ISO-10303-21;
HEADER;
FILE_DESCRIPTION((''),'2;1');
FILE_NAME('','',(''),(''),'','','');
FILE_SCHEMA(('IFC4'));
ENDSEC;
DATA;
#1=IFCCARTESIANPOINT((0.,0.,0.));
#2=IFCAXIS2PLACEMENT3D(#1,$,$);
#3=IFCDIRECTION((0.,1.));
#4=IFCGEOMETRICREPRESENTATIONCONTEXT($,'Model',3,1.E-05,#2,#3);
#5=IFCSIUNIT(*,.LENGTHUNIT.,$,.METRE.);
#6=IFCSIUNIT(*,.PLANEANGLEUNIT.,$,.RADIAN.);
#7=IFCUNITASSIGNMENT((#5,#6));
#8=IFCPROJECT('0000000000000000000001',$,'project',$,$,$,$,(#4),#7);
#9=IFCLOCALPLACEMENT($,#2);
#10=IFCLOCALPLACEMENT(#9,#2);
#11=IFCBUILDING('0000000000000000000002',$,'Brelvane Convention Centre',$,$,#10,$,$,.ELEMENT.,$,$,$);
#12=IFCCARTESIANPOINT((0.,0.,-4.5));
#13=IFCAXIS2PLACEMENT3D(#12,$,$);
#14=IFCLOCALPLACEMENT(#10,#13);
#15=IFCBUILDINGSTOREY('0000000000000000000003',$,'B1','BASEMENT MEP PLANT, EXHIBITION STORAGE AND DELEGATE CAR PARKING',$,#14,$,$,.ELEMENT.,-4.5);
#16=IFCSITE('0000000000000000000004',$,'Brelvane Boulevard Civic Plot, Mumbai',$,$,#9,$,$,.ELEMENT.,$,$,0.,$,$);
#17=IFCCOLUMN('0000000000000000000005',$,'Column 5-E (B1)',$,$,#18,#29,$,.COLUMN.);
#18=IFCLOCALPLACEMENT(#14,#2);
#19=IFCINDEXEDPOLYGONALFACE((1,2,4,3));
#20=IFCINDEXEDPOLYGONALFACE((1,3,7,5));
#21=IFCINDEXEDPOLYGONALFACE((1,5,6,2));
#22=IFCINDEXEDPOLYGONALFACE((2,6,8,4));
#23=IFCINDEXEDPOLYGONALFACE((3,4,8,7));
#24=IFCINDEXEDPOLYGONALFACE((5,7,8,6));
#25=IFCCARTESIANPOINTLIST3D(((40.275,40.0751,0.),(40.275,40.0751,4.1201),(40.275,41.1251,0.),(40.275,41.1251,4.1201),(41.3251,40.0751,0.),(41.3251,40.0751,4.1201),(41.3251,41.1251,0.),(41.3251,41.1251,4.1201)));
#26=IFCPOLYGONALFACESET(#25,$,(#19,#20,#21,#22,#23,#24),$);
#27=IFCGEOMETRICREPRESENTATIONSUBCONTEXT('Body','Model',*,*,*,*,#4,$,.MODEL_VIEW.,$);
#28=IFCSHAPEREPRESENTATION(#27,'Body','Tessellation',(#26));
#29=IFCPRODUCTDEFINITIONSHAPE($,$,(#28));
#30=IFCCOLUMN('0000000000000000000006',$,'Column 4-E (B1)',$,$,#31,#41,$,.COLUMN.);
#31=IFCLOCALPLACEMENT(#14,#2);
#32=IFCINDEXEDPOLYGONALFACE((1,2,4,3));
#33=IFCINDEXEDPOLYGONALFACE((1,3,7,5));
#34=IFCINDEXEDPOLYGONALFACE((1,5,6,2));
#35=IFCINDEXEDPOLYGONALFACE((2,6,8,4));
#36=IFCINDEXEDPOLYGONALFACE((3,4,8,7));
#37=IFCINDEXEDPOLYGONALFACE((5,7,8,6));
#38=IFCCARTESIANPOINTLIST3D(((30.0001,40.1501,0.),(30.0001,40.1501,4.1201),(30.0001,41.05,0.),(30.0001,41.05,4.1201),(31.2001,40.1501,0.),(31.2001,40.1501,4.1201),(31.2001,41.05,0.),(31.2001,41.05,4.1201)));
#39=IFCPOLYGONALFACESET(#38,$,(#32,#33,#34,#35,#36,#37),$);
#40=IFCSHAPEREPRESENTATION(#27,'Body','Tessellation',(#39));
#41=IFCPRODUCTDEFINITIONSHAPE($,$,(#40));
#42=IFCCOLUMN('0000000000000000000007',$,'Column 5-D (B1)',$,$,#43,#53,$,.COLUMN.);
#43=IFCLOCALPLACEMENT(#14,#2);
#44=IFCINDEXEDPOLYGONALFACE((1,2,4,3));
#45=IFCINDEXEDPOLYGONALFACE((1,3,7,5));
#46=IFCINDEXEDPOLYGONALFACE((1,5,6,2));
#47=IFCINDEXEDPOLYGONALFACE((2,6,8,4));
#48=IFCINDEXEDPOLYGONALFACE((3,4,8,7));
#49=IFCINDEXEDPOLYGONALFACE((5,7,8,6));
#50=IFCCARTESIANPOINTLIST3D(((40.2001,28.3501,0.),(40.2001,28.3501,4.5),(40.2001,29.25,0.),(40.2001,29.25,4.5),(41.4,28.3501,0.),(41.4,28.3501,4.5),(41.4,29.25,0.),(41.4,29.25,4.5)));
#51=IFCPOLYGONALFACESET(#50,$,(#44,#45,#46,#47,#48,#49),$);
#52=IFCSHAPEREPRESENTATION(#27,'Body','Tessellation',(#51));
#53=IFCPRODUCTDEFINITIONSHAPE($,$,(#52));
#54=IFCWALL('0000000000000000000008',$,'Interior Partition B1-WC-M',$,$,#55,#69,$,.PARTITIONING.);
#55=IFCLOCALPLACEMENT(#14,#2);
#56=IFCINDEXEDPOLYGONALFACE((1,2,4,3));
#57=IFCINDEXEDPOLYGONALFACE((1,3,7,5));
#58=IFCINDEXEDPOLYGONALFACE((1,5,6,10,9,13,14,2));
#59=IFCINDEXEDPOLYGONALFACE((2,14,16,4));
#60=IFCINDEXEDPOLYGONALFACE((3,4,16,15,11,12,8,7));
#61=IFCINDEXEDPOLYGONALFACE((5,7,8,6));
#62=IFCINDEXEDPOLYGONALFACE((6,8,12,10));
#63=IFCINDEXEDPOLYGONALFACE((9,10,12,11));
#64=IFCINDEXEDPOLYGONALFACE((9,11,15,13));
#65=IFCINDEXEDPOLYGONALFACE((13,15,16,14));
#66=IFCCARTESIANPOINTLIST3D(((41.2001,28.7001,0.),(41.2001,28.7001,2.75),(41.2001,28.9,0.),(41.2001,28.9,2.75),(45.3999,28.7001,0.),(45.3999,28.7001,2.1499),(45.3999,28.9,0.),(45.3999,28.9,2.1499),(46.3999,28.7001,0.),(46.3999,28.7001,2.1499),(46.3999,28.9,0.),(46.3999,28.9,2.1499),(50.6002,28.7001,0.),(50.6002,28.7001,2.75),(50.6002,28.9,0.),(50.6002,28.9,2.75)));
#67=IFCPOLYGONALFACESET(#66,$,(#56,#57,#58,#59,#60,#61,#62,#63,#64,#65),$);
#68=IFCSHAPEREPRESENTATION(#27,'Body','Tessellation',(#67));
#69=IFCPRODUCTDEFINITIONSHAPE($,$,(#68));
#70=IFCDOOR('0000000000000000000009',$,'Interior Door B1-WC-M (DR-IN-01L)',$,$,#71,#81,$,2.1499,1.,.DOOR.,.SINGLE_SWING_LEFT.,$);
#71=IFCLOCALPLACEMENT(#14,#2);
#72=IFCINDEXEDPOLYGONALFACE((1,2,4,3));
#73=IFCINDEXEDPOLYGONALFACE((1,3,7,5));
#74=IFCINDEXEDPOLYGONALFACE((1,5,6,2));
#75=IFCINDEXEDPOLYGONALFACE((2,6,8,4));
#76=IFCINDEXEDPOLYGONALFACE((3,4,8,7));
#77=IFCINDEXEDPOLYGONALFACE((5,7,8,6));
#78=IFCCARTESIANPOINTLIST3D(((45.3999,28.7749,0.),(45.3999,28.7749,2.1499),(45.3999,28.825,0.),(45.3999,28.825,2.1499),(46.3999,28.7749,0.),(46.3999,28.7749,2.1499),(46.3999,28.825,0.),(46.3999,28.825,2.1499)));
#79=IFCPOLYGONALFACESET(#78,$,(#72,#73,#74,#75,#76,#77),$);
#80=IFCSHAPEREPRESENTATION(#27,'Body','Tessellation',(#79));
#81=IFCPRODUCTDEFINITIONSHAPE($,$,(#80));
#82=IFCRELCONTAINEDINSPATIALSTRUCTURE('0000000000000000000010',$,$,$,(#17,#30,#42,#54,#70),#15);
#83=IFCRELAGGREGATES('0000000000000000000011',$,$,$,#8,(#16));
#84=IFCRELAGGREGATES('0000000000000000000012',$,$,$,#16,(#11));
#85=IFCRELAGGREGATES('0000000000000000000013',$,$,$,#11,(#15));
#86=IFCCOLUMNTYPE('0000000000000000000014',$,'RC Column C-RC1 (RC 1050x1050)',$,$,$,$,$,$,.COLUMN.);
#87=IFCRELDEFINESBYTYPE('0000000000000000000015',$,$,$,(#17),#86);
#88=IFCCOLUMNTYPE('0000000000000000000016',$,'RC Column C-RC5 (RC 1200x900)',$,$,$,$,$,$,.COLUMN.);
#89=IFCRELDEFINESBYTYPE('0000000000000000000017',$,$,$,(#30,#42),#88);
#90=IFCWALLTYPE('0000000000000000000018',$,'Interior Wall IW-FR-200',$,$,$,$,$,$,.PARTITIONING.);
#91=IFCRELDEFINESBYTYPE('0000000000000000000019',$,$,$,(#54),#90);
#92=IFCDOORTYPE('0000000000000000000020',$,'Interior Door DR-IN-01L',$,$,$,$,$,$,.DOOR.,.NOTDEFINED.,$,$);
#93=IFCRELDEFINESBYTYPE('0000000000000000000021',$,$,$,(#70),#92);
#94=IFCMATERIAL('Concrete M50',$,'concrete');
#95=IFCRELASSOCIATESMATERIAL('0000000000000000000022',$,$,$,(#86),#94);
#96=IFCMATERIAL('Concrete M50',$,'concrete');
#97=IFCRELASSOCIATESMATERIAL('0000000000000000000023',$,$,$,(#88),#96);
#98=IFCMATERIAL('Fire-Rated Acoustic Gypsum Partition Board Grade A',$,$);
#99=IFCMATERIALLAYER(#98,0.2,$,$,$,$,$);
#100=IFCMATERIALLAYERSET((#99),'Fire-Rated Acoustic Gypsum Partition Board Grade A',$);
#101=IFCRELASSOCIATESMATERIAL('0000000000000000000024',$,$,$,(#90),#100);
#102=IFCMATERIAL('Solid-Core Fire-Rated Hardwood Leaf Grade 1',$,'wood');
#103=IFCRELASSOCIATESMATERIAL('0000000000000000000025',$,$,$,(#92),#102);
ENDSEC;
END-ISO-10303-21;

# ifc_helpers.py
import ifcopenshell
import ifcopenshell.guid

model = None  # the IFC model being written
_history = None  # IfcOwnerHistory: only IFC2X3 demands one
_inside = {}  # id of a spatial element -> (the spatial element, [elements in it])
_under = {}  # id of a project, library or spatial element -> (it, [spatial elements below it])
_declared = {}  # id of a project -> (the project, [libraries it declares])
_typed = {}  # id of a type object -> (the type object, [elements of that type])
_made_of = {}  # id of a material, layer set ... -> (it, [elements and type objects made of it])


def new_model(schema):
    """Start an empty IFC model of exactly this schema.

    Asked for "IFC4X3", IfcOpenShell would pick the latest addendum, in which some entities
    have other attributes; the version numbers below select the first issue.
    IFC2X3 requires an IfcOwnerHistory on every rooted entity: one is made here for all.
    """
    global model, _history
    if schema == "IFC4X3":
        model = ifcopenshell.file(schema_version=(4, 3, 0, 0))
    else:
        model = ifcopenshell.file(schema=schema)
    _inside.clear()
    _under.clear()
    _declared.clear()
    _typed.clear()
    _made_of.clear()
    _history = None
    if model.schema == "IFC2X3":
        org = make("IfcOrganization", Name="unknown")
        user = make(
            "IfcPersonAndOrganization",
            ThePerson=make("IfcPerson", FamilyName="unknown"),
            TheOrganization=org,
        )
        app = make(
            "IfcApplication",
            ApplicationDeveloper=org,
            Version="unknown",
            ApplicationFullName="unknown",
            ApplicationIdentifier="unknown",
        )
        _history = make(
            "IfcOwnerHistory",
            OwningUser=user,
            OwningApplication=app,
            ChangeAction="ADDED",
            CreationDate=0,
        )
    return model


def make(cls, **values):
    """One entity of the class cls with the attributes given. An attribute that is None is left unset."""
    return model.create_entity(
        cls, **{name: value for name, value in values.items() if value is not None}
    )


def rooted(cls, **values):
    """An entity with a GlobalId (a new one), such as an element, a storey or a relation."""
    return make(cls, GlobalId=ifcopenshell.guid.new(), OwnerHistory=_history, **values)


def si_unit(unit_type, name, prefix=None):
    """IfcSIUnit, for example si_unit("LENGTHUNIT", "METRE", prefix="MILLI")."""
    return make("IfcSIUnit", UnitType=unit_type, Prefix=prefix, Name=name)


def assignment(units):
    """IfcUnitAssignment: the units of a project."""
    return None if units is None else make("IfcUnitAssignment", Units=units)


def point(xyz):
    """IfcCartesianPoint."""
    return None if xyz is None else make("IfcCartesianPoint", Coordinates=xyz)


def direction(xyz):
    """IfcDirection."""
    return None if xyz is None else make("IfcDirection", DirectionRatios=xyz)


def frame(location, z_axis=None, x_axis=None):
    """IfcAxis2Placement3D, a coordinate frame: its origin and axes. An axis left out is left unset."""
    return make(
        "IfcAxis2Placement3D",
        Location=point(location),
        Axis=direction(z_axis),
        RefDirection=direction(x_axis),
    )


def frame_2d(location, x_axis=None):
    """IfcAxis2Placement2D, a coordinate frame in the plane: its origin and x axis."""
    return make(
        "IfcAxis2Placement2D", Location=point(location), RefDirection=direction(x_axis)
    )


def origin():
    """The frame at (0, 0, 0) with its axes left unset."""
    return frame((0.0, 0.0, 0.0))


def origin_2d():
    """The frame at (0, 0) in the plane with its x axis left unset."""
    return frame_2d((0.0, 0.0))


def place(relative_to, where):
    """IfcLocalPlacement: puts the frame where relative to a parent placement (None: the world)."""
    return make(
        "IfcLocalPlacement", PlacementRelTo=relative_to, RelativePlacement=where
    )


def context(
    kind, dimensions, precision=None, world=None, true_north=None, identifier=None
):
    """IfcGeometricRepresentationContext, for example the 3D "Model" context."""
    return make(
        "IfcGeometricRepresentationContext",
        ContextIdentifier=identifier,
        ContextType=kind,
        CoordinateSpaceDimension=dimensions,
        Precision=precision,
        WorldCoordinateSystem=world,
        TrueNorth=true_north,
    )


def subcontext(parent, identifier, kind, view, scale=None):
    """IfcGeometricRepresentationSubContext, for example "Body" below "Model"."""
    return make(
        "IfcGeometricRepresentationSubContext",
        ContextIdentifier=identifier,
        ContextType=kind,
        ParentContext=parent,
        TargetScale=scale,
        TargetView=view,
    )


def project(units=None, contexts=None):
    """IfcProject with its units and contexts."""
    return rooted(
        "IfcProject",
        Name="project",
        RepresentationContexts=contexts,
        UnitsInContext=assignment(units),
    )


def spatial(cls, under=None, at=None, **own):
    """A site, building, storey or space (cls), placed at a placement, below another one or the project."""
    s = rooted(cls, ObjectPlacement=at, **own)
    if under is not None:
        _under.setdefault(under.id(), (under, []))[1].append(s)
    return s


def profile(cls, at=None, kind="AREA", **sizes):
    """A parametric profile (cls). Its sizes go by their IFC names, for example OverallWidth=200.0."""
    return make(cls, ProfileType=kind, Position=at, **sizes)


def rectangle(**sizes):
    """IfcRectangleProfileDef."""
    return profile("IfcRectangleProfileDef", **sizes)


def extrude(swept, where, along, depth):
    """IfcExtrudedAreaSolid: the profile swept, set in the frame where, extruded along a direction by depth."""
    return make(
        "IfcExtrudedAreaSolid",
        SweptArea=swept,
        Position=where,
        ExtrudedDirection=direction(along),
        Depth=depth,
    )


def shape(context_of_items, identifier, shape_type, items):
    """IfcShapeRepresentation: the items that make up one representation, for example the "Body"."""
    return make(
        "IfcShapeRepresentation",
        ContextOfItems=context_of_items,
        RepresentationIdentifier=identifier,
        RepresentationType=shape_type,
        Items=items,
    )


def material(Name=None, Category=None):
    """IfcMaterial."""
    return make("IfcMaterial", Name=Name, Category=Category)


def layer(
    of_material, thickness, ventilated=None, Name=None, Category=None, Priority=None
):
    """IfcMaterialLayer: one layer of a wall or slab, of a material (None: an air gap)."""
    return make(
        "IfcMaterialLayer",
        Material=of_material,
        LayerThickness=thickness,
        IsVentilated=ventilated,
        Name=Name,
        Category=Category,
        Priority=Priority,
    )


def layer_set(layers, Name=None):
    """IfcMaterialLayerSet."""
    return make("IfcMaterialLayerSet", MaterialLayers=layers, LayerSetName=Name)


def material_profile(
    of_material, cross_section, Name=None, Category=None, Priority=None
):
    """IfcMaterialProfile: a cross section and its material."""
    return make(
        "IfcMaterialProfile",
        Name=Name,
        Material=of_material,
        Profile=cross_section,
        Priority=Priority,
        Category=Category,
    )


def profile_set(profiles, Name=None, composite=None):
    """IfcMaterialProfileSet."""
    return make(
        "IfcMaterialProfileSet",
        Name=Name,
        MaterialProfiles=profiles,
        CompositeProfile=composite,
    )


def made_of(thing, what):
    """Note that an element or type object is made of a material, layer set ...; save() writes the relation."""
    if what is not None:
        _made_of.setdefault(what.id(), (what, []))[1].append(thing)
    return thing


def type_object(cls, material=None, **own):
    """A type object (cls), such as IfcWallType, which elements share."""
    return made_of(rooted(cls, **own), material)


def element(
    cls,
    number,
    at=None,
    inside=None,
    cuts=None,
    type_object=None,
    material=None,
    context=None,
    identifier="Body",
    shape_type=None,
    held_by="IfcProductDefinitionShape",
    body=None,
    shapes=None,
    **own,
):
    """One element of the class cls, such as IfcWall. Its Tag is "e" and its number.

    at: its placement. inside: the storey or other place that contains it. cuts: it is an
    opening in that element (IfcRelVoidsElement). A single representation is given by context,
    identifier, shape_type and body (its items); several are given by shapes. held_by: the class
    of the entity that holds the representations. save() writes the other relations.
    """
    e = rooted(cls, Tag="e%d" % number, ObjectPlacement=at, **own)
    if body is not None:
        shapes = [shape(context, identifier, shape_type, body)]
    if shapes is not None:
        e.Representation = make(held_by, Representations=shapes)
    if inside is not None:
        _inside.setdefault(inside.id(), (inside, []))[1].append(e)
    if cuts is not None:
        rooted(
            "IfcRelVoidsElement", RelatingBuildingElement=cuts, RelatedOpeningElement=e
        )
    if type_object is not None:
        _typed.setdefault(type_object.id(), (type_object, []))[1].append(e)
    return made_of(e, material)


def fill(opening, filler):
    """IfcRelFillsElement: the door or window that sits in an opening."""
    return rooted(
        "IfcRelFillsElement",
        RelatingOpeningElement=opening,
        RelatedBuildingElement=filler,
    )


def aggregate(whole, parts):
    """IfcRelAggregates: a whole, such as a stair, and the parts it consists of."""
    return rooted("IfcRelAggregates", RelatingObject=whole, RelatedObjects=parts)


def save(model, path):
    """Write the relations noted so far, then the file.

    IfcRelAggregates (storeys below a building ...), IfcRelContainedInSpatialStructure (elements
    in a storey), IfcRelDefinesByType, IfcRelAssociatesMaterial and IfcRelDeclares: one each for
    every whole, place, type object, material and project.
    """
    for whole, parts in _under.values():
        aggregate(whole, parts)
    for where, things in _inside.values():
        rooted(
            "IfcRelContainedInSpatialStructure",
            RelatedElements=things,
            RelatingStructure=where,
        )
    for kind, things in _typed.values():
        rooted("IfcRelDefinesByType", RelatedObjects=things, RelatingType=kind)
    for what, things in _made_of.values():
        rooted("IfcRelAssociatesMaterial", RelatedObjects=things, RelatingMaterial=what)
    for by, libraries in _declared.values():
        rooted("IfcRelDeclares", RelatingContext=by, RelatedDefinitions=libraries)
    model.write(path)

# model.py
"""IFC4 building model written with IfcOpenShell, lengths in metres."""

from ifc_helpers import new_model, si_unit, direction, frame, frame_2d, origin, origin_2d, place, context, subcontext, project, spatial, rectangle, extrude, material, layer, layer_set, material_profile, profile_set, type_object, element, fill, save


model = new_model("IFC4")

# Units and contexts
model_context = context("Model", 3, precision=1e-05, world=origin(), true_north=direction((0.0, 1.0)))
body_context = subcontext(model_context, "Body", "Model", "MODEL_VIEW")
ifc_project = project(units=[si_unit("LENGTHUNIT", "METRE"), si_unit("PLANEANGLEUNIT", "RADIAN")], contexts=[model_context])

# Site, building, storey
site_placement = place(None, origin())
site = spatial("IfcSite", under=ifc_project, at=site_placement, Name="Brelvane Boulevard Civic Plot, Mumbai", CompositionType="ELEMENT", RefElevation=0.0)
building_placement = place(site_placement, origin())
building = spatial("IfcBuilding", under=site, at=building_placement, Name="Brelvane Convention Centre", CompositionType="ELEMENT")
storey_placement = place(building_placement, frame((0.0, 0.0, -4.5)))
storey = spatial("IfcBuildingStorey", under=building, at=storey_placement, Name="B1", Description="BASEMENT MEP PLANT, EXHIBITION STORAGE AND DELEGATE CAR PARKING", CompositionType="ELEMENT", Elevation=-4.5)

# Columns
ifc_material_1 = material(Name="Concrete M50", Category="concrete")
ifc_material_profile_1 = material_profile(ifc_material_1, rectangle(XDim=1.05, YDim=1.05, at=origin_2d()), Name="RC 1050x1050")
ifc_profile_set_1 = profile_set([ifc_material_profile_1], Name="Concrete M50")
column_type_1 = type_object("IfcColumnType", Name="RC Column C-RC1 (RC 1050x1050)", PredefinedType="COLUMN", material=ifc_profile_set_1)
column_1_placement = place(storey_placement, frame((40.8, 40.6001, 0.0), z_axis=(0.0, 0.0, 1.0), x_axis=(1.0, 0.0, 0.0)))
element("IfcColumn", 1, at=column_1_placement, inside=storey, type_object=column_type_1, Name="Column 5-E (B1)", PredefinedType="COLUMN", context=body_context, shape_type="SweptSolid", body=[
    extrude(rectangle(XDim=1.05, YDim=1.05, at=origin_2d()), origin(), (0.0, 0.0, 1.0), 4.1201),
])
ifc_material_2 = material(Name="Concrete M50", Category="concrete")
ifc_material_profile_2 = material_profile(ifc_material_2, rectangle(XDim=1.2, YDim=0.8999, at=origin_2d()), Name="RC 1200x900")
ifc_profile_set_2 = profile_set([ifc_material_profile_2], Name="Concrete M50")
column_type_2 = type_object("IfcColumnType", Name="RC Column C-RC5 (RC 1200x900)", PredefinedType="COLUMN", material=ifc_profile_set_2)
column_2_placement = place(storey_placement, frame((30.6001, 40.6001, 0.0), z_axis=(0.0, 0.0, 1.0), x_axis=(1.0, 0.0, 0.0)))
element("IfcColumn", 2, at=column_2_placement, inside=storey, type_object=column_type_2, Name="Column 4-E (B1)", PredefinedType="COLUMN", context=body_context, shape_type="SweptSolid", body=[
    extrude(rectangle(XDim=1.2, YDim=0.8999, at=origin_2d()), origin(), (0.0, 0.0, 1.0), 4.1201),
])
column_3_placement = place(storey_placement, frame((40.8, 28.8, 0.0), z_axis=(0.0, 0.0, 1.0), x_axis=(1.0, 0.0, 0.0)))
element("IfcColumn", 3, at=column_3_placement, inside=storey, type_object=column_type_2, Name="Column 5-D (B1)", PredefinedType="COLUMN", context=body_context, shape_type="SweptSolid", body=[
    extrude(rectangle(XDim=1.2, YDim=0.8999, at=origin_2d()), origin(), (0.0, 0.0, 1.0), 4.5),
])

# Wall, opening, door
ifc_material_3 = material(Name="Fire-Rated Acoustic Gypsum Partition Board Grade A")
ifc_layer = layer(ifc_material_3, 0.2)
ifc_layer_set = layer_set([ifc_layer], Name="Fire-Rated Acoustic Gypsum Partition Board Grade A")
wall_type = type_object("IfcWallType", Name="Interior Wall IW-FR-200", PredefinedType="PARTITIONING", material=ifc_layer_set)
wall_placement = place(storey_placement, frame((41.2, 28.8, 0.0), z_axis=(0.0, 0.0, 1.0), x_axis=(1.0, 0.0, 0.0)))
wall = element("IfcWall", 4, at=wall_placement, inside=storey, type_object=wall_type, Name="Interior Partition B1-WC-M", PredefinedType="PARTITIONING", context=body_context, shape_type="SweptSolid", body=[
    extrude(rectangle(XDim=9.4001, YDim=0.2, at=frame_2d((4.7002, 0.0))), origin(), (0.0, 0.0, 1.0), 2.75),
])
opening_placement = place(wall_placement, frame((4.2, 0.0, 0.0)))
opening = element("IfcOpeningElement", 5, at=opening_placement, cuts=wall, PredefinedType="OPENING", context=body_context, shape_type="SweptSolid", body=[
    extrude(rectangle(XDim=1.0, YDim=2.1499, at=frame_2d((0.5, 1.075))), frame((0.0, 0.1099, 0.0), z_axis=(0.0, -1.0, 0.0), x_axis=(1.0, 0.0, 0.0)), (0.0, 0.0, 1.0), 0.22),
])
ifc_material_4 = material(Name="Solid-Core Fire-Rated Hardwood Leaf Grade 1", Category="wood")
door_type = type_object("IfcDoorType", Name="Interior Door DR-IN-01L", OperationType="NOTDEFINED", PredefinedType="DOOR", material=ifc_material_4)
door_placement = place(opening_placement, origin())
door = element("IfcDoor", 6, at=door_placement, inside=storey, type_object=door_type, Name="Interior Door B1-WC-M (DR-IN-01L)", OperationType="SINGLE_SWING_LEFT", OverallHeight=2.1499, OverallWidth=1.0, PredefinedType="DOOR", context=body_context, shape_type="SweptSolid", body=[
    extrude(rectangle(XDim=1.0, YDim=2.1499, at=frame_2d((0.5, 1.075))), frame((0.0, 0.0249, 0.0), z_axis=(0.0, -1.0, 0.0), x_axis=(1.0, 0.0, 0.0)), (0.0, 0.0, 1.0), 0.05),
])
fill(opening, door)

save(model, "model.ifc")
